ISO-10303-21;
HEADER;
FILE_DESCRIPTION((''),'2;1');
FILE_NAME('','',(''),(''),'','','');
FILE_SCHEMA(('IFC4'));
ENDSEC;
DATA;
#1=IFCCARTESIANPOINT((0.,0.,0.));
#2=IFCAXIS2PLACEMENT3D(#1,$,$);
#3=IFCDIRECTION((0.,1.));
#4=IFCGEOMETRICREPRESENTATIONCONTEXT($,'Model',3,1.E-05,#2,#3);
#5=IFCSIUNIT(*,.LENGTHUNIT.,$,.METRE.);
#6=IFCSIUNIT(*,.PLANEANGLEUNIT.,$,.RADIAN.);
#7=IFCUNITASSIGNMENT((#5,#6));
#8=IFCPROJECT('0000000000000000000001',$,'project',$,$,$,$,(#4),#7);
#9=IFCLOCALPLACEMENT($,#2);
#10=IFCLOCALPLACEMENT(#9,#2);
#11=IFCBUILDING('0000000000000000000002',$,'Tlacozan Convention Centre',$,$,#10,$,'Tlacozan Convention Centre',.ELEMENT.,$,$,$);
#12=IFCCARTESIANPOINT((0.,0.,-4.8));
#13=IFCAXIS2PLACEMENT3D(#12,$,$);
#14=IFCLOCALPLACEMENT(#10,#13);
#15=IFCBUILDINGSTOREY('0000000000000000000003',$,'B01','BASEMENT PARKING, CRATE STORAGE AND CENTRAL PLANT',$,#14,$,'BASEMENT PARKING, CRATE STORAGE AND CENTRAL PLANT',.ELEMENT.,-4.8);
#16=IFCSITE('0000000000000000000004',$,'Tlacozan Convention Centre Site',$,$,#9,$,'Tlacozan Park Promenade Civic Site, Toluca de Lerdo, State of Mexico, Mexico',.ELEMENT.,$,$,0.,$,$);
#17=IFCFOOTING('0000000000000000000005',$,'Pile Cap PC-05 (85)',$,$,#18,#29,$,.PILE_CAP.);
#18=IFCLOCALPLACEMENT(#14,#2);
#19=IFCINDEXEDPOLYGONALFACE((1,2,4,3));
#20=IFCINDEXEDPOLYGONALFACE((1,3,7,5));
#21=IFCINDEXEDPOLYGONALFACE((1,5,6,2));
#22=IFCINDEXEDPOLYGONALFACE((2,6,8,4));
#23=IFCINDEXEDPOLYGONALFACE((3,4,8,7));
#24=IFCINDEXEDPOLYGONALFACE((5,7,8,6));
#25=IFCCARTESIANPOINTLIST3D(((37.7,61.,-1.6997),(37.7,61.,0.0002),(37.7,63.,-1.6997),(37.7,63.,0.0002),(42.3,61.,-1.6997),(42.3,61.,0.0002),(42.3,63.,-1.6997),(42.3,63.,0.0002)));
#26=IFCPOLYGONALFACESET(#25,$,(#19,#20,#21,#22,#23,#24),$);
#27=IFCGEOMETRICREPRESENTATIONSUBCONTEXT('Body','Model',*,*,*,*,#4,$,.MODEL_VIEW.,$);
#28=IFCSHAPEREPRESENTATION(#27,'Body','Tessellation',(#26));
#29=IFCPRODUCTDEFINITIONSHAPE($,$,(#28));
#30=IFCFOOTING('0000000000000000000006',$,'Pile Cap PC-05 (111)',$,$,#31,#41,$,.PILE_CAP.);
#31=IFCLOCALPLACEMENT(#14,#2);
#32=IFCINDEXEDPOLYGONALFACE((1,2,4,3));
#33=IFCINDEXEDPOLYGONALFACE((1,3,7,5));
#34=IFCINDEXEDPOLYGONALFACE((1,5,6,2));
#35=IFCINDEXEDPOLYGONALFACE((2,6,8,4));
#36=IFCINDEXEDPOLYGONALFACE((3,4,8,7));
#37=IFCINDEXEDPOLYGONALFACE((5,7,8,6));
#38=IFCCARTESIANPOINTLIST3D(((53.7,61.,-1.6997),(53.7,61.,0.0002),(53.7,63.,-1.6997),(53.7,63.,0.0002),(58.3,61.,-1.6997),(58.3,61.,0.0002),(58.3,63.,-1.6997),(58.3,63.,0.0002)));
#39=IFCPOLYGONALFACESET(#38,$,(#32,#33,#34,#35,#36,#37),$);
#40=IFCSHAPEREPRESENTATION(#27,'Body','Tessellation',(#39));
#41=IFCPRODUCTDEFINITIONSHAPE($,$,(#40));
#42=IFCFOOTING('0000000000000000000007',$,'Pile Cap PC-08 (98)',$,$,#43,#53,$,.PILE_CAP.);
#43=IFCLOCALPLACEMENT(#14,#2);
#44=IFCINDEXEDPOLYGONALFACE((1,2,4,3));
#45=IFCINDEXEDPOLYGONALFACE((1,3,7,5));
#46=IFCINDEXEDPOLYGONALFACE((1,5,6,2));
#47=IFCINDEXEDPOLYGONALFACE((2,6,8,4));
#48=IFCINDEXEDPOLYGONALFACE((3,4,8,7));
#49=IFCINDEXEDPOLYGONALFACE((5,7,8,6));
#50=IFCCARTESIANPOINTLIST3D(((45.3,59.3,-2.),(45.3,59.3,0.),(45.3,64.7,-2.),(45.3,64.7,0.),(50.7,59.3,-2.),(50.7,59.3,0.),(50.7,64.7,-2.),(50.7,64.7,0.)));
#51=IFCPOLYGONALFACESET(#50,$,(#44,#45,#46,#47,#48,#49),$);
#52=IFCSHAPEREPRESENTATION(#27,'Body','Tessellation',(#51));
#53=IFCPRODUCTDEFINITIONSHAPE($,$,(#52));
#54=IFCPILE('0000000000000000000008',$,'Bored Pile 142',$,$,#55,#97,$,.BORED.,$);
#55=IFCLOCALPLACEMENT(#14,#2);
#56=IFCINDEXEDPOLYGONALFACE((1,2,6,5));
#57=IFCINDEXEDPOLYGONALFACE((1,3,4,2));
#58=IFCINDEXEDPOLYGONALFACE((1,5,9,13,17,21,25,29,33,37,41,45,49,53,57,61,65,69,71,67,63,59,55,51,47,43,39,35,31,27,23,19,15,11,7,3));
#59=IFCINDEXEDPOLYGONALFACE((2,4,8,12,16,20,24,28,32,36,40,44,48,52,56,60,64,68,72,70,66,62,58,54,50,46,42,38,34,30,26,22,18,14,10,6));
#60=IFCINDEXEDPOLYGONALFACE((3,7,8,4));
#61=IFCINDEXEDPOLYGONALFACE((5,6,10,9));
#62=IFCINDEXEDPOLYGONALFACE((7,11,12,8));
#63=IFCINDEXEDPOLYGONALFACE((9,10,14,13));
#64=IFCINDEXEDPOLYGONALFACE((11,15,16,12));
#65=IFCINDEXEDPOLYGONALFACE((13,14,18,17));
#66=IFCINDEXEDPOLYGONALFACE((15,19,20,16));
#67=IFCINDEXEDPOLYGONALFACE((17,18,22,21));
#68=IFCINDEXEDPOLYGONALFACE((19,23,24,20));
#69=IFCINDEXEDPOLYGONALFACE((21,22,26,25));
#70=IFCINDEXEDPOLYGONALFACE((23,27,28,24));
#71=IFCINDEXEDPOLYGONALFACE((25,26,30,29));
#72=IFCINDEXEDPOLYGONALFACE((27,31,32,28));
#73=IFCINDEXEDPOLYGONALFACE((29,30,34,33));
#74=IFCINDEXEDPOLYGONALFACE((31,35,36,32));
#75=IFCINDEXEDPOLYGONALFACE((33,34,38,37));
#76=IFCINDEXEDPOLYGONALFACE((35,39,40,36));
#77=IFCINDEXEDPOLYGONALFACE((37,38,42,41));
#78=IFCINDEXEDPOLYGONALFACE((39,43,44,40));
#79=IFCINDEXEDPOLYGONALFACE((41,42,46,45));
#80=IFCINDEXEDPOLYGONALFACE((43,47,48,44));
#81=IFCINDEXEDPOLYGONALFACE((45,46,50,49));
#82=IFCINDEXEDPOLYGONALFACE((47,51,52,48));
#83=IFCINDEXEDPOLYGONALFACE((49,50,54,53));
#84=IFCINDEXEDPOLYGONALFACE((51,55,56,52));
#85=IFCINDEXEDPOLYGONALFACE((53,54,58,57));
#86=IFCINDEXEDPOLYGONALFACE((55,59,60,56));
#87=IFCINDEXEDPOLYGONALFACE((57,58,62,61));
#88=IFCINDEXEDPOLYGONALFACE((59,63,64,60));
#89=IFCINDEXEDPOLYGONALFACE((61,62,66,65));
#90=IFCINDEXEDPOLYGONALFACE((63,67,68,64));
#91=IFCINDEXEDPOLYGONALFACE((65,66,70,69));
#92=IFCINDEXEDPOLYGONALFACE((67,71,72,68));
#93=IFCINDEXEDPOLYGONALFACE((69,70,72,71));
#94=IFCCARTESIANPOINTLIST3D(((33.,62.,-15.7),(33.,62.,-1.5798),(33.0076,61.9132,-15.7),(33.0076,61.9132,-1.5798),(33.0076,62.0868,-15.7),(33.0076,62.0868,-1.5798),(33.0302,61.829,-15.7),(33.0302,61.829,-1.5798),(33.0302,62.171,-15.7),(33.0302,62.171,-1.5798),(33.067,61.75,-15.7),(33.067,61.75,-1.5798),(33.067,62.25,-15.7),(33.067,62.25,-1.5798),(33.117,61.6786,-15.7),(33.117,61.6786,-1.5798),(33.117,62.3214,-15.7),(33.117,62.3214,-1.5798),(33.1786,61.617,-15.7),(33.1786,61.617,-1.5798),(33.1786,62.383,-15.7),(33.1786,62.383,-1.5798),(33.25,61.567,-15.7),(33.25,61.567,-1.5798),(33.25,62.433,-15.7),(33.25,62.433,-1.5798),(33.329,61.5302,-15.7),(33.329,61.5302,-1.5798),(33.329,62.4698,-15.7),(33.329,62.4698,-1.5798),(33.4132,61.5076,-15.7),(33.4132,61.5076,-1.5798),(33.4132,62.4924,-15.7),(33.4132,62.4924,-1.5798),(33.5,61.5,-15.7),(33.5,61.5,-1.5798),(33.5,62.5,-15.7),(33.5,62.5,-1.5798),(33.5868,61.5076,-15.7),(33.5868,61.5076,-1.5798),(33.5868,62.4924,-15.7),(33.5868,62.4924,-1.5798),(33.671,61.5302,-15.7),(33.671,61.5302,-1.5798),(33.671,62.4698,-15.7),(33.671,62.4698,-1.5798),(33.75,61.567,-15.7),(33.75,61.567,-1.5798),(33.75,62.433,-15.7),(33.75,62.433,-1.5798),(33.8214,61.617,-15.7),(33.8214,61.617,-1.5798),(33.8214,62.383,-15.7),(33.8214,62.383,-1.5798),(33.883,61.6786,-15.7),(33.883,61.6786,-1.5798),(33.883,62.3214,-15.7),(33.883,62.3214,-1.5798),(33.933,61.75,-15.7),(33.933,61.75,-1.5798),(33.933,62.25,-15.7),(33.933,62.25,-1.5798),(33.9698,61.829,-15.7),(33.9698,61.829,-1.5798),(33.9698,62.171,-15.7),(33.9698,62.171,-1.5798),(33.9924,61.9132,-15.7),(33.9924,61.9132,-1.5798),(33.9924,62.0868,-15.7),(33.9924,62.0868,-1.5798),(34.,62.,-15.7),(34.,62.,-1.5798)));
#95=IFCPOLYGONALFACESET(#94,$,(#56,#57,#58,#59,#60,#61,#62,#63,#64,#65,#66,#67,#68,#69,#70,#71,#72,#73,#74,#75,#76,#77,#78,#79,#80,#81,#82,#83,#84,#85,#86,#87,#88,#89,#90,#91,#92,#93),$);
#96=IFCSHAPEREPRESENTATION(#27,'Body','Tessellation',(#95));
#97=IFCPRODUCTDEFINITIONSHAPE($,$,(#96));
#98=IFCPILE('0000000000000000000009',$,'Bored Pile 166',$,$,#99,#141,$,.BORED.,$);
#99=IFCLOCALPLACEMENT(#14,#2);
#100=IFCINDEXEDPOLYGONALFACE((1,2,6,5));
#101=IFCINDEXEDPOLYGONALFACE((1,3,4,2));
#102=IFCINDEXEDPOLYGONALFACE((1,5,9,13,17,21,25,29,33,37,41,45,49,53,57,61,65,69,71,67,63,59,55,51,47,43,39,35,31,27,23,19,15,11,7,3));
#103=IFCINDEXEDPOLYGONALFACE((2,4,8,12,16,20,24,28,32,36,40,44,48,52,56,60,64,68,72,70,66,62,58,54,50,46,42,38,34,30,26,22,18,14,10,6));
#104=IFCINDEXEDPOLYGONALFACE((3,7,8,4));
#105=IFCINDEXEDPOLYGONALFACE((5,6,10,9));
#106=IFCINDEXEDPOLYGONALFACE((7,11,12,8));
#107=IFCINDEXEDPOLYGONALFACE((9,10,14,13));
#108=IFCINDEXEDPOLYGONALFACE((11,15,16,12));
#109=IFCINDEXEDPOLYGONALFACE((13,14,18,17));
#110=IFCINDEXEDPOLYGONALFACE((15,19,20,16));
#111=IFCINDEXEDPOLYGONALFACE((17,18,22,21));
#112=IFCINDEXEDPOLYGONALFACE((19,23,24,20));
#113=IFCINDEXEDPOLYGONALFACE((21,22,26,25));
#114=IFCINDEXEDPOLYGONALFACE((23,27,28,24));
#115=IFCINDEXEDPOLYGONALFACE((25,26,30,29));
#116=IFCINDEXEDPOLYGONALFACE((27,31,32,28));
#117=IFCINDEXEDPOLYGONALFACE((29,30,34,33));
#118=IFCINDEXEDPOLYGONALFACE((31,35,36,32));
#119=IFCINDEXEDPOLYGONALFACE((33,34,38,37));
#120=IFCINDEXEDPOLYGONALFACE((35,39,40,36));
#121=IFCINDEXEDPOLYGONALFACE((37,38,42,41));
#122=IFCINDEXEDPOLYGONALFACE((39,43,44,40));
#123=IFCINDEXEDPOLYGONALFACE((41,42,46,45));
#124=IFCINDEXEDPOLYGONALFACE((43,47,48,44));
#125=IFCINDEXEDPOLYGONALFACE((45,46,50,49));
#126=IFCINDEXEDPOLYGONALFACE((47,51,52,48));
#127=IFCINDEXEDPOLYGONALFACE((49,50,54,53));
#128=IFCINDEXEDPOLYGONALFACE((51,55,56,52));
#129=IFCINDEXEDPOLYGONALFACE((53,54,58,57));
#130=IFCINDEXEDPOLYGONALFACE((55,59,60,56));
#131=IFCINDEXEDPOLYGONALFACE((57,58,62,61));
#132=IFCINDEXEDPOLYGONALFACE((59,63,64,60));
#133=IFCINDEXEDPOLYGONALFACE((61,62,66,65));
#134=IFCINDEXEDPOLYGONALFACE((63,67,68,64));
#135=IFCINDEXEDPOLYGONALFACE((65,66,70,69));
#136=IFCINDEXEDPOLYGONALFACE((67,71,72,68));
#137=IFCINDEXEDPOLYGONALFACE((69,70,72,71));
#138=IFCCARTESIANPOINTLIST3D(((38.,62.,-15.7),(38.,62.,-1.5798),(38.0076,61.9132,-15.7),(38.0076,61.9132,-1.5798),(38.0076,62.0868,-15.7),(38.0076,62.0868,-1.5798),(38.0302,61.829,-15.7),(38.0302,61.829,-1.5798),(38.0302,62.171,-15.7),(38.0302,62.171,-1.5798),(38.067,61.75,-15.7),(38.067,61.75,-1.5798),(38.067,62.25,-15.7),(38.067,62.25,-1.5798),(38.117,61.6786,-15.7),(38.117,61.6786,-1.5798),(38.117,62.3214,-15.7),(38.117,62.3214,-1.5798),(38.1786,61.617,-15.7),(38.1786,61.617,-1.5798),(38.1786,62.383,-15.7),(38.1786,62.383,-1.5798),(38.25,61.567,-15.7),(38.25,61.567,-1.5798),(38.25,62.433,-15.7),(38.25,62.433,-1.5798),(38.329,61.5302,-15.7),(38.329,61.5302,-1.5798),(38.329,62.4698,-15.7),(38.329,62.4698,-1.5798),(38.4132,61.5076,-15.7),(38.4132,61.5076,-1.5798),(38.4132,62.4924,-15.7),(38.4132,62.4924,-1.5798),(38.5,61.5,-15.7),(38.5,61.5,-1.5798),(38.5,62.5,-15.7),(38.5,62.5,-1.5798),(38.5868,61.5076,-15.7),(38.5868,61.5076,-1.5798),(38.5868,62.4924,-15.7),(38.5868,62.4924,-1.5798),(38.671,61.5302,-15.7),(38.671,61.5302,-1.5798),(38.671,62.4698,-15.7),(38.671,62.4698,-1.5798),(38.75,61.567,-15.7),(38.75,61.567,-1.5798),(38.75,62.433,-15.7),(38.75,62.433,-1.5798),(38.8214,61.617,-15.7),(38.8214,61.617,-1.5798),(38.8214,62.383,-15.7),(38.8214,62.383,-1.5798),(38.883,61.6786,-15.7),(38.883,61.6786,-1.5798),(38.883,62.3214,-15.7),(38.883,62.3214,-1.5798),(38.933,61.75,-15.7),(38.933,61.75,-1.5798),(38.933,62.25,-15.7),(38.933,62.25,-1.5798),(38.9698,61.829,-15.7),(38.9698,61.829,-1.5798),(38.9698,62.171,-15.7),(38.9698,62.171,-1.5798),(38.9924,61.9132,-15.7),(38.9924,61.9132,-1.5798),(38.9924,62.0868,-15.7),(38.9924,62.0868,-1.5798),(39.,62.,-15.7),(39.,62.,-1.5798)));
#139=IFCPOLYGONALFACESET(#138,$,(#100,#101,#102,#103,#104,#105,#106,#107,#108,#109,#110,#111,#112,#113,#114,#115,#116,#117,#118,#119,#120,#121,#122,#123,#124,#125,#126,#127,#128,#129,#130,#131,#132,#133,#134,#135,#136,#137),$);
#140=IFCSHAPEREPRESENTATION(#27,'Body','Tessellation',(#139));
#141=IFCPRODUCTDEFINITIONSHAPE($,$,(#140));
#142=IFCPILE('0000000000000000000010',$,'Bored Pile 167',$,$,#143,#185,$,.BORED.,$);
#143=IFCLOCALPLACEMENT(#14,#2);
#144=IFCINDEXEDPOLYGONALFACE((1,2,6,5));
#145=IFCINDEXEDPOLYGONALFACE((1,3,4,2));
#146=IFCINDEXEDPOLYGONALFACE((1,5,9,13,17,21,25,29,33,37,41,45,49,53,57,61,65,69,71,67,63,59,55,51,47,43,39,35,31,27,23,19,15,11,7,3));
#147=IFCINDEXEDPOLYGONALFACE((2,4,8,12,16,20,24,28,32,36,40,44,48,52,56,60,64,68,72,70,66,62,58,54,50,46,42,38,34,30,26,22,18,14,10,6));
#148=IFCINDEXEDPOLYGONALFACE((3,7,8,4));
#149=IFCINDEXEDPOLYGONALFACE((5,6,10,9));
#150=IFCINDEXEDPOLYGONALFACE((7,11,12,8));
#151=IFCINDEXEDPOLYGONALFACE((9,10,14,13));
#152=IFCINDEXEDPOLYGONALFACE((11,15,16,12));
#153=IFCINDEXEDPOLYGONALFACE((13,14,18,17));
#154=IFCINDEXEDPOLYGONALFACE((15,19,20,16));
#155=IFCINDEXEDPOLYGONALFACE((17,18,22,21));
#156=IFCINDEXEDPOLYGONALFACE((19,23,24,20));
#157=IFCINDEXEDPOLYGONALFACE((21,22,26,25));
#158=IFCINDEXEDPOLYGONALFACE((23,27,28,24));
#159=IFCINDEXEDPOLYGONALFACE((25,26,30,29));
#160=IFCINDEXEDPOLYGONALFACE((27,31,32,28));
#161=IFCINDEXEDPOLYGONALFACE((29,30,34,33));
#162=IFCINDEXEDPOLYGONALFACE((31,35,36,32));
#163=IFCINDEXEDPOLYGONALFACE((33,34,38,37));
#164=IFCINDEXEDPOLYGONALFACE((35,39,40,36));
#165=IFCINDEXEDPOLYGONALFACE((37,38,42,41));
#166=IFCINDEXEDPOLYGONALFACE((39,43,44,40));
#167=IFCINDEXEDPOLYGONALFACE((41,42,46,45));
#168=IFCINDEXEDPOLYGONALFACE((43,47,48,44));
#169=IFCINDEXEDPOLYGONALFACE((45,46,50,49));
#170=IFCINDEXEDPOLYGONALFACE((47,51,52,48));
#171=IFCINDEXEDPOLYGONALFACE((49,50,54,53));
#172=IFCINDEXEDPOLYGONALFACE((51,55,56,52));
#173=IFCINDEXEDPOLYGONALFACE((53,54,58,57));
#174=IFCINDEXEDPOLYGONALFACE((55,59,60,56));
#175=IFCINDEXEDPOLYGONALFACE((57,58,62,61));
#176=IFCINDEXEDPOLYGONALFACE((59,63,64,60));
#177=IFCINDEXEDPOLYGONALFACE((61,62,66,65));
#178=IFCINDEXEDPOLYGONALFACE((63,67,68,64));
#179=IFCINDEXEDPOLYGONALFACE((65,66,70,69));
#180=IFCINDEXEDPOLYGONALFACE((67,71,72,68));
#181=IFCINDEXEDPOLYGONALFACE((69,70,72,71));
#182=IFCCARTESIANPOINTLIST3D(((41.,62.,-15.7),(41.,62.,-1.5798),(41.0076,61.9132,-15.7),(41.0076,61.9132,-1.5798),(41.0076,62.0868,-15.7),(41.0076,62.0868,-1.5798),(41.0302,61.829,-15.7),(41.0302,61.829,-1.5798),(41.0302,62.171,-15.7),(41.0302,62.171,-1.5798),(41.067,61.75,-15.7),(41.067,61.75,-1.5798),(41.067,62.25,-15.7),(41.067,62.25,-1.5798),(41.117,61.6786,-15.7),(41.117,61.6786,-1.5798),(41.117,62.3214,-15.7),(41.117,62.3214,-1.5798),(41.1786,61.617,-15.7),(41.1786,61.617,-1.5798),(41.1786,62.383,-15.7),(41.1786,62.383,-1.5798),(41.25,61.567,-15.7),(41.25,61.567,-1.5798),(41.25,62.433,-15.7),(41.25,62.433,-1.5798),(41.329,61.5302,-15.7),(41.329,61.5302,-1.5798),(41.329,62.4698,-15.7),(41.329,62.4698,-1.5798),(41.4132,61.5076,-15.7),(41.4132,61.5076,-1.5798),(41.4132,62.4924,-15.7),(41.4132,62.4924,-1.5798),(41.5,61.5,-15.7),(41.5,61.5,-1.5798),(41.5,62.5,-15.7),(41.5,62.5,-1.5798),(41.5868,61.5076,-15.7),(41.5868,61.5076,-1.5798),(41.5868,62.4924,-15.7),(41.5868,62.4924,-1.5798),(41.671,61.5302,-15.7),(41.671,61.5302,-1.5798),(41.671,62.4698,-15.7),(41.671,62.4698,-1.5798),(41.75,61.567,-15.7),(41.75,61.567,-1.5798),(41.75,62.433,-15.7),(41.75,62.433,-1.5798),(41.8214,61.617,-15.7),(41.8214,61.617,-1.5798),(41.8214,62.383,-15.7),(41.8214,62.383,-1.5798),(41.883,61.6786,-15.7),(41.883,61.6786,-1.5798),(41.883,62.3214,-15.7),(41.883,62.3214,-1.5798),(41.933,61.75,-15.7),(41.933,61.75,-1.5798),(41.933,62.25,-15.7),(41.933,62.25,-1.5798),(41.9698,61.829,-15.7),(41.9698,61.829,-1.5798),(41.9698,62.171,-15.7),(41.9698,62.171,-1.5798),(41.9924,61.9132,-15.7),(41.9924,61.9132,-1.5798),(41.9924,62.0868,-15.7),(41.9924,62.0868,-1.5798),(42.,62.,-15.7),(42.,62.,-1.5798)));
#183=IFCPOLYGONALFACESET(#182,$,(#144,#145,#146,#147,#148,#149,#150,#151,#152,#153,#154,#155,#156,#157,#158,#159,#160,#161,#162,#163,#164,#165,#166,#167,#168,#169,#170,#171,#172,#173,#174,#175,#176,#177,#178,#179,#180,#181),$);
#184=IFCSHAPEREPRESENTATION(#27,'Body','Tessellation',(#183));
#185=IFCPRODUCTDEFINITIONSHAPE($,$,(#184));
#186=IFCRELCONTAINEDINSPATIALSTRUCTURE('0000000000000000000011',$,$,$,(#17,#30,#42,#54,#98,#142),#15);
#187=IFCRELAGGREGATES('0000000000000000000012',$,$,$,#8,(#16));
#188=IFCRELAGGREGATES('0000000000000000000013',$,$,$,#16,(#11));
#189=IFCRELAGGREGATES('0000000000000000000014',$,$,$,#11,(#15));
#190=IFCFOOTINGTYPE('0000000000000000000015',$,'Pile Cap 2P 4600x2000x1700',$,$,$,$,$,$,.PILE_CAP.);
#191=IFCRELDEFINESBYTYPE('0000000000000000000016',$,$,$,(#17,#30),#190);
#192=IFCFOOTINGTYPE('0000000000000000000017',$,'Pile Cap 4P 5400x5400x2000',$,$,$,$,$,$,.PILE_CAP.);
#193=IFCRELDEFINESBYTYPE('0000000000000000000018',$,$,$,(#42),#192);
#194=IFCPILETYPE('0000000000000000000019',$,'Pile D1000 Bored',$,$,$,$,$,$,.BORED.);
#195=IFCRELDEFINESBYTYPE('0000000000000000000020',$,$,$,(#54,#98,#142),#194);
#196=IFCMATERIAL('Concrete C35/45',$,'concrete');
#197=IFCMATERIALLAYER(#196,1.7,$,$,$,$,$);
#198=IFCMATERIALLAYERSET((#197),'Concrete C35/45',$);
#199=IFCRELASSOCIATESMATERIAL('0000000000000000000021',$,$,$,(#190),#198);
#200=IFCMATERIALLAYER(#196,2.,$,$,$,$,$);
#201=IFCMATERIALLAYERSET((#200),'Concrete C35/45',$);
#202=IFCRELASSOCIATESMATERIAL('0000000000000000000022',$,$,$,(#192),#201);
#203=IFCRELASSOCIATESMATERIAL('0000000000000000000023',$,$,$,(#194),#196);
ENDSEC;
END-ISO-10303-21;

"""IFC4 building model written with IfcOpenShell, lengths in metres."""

from ifc_helpers import new_model, si_unit, direction, frame, origin, origin_2d, place, context, subcontext, project, spatial, rectangle, circle, extrude, material, layer, layer_set, material_profile, profile_set, type_object, element, save


model = new_model("IFC4")

# Units and contexts
model_context = context("Model", 3, precision=1e-05, world=origin(), true_north=direction((0.0, 1.0)))
body_context = subcontext(model_context, "Body", "Model", "MODEL_VIEW")
ifc_project = project(units=[si_unit("LENGTHUNIT", "METRE"), si_unit("PLANEANGLEUNIT", "RADIAN")], contexts=[model_context])

# Site, building, storey
site_placement = place(None, origin())
site = spatial("IfcSite", under=ifc_project, at=site_placement, Name="Tlacozan Convention Centre Site", LongName="Tlacozan Park Promenade Civic Site, Toluca de Lerdo, State of Mexico, Mexico", CompositionType="ELEMENT", RefElevation=0.0)
building_placement = place(site_placement, origin())
building = spatial("IfcBuilding", under=site, at=building_placement, Name="Tlacozan Convention Centre", LongName="Tlacozan Convention Centre", CompositionType="ELEMENT")
storey_placement = place(building_placement, frame((0.0, 0.0, -4.8)))
storey = spatial("IfcBuildingStorey", under=building, at=storey_placement, Name="B01", Description="BASEMENT PARKING, CRATE STORAGE AND CENTRAL PLANT", LongName="BASEMENT PARKING, CRATE STORAGE AND CENTRAL PLANT", CompositionType="ELEMENT", Elevation=-4.8)

# Footings
ifc_material_1 = material(Name="Concrete C35/45", Category="concrete")
ifc_layer_1 = layer(ifc_material_1, 1.7)
ifc_layer_set_1 = layer_set([ifc_layer_1], Name="Concrete C35/45")
footing_type_1 = type_object("IfcFootingType", Name="Pile Cap 2P 4600x2000x1700", PredefinedType="PILE_CAP", material=ifc_layer_set_1)
for number, where, z_axis, x_axis, name in (
    (1, (40.0, 62.0, -1.6997), (0.0, 0.0, 1.0), (1.0, 0.0, 0.0), "Pile Cap PC-05 (85)"),
    (2, (56.0, 62.0, -1.6997), (0.0, 0.0, 1.0), (1.0, 0.0, 0.0), "Pile Cap PC-05 (111)"),
):
    element("IfcFooting", number, at=place(storey_placement, frame(where, z_axis=z_axis, x_axis=x_axis)), inside=storey, type_object=footing_type_1, Name=name, PredefinedType="PILE_CAP", context=body_context, shape_type="SweptSolid", body=[
        extrude(rectangle(XDim=4.6001, YDim=2.0, at=origin_2d()), origin(), (0.0, 0.0, 1.0), 1.7),
    ])
ifc_layer_2 = layer(ifc_material_1, 2.0)
ifc_layer_set_2 = layer_set([ifc_layer_2], Name="Concrete C35/45")
footing_type_2 = type_object("IfcFootingType", Name="Pile Cap 4P 5400x5400x2000", PredefinedType="PILE_CAP", material=ifc_layer_set_2)
footing_placement = place(storey_placement, frame((48.0, 62.0, -2.0), z_axis=(0.0, 0.0, 1.0), x_axis=(1.0, 0.0, 0.0)))
element("IfcFooting", 3, at=footing_placement, inside=storey, type_object=footing_type_2, Name="Pile Cap PC-08 (98)", PredefinedType="PILE_CAP", context=body_context, shape_type="SweptSolid", body=[
    extrude(rectangle(XDim=5.3999, YDim=5.3999, at=origin_2d()), origin(), (0.0, 0.0, 1.0), 2.0),
])

# Piles
ifc_material_profile_1 = material_profile(ifc_material_1, circle(Radius=0.5, at=origin_2d()), Name="PILE D1000")
ifc_profile_set_1 = profile_set([ifc_material_profile_1], Name="Concrete C35/45")
pile_type_1 = type_object("IfcPileType", Name="Pile D1000 Bored", PredefinedType="BORED", material=ifc_profile_set_1)
for number, where, z_axis, x_axis, name in (
    (4, (33.5, 62.0, -1.5798), (0.0, 0.0, -1.0), (1.0, 0.0, 0.0), "Bored Pile 142"),
    (5, (38.5, 62.0, -1.5798), (0.0, 0.0, -1.0), (1.0, 0.0, 0.0), "Bored Pile 166"),
    (6, (41.5, 62.0, -1.5798), (0.0, 0.0, -1.0), (1.0, 0.0, 0.0), "Bored Pile 167"),
):
    element("IfcPile", number, at=place(storey_placement, frame(where, z_axis=z_axis, x_axis=x_axis)), inside=storey, type_object=pile_type_1, Name=name, PredefinedType="BORED", context=body_context, shape_type="SweptSolid", body=[
        extrude(circle(Radius=0.5, at=origin_2d()), origin(), (0.0, 0.0, 1.0), 14.1201),
    ])

save(model, "model.ifc")
